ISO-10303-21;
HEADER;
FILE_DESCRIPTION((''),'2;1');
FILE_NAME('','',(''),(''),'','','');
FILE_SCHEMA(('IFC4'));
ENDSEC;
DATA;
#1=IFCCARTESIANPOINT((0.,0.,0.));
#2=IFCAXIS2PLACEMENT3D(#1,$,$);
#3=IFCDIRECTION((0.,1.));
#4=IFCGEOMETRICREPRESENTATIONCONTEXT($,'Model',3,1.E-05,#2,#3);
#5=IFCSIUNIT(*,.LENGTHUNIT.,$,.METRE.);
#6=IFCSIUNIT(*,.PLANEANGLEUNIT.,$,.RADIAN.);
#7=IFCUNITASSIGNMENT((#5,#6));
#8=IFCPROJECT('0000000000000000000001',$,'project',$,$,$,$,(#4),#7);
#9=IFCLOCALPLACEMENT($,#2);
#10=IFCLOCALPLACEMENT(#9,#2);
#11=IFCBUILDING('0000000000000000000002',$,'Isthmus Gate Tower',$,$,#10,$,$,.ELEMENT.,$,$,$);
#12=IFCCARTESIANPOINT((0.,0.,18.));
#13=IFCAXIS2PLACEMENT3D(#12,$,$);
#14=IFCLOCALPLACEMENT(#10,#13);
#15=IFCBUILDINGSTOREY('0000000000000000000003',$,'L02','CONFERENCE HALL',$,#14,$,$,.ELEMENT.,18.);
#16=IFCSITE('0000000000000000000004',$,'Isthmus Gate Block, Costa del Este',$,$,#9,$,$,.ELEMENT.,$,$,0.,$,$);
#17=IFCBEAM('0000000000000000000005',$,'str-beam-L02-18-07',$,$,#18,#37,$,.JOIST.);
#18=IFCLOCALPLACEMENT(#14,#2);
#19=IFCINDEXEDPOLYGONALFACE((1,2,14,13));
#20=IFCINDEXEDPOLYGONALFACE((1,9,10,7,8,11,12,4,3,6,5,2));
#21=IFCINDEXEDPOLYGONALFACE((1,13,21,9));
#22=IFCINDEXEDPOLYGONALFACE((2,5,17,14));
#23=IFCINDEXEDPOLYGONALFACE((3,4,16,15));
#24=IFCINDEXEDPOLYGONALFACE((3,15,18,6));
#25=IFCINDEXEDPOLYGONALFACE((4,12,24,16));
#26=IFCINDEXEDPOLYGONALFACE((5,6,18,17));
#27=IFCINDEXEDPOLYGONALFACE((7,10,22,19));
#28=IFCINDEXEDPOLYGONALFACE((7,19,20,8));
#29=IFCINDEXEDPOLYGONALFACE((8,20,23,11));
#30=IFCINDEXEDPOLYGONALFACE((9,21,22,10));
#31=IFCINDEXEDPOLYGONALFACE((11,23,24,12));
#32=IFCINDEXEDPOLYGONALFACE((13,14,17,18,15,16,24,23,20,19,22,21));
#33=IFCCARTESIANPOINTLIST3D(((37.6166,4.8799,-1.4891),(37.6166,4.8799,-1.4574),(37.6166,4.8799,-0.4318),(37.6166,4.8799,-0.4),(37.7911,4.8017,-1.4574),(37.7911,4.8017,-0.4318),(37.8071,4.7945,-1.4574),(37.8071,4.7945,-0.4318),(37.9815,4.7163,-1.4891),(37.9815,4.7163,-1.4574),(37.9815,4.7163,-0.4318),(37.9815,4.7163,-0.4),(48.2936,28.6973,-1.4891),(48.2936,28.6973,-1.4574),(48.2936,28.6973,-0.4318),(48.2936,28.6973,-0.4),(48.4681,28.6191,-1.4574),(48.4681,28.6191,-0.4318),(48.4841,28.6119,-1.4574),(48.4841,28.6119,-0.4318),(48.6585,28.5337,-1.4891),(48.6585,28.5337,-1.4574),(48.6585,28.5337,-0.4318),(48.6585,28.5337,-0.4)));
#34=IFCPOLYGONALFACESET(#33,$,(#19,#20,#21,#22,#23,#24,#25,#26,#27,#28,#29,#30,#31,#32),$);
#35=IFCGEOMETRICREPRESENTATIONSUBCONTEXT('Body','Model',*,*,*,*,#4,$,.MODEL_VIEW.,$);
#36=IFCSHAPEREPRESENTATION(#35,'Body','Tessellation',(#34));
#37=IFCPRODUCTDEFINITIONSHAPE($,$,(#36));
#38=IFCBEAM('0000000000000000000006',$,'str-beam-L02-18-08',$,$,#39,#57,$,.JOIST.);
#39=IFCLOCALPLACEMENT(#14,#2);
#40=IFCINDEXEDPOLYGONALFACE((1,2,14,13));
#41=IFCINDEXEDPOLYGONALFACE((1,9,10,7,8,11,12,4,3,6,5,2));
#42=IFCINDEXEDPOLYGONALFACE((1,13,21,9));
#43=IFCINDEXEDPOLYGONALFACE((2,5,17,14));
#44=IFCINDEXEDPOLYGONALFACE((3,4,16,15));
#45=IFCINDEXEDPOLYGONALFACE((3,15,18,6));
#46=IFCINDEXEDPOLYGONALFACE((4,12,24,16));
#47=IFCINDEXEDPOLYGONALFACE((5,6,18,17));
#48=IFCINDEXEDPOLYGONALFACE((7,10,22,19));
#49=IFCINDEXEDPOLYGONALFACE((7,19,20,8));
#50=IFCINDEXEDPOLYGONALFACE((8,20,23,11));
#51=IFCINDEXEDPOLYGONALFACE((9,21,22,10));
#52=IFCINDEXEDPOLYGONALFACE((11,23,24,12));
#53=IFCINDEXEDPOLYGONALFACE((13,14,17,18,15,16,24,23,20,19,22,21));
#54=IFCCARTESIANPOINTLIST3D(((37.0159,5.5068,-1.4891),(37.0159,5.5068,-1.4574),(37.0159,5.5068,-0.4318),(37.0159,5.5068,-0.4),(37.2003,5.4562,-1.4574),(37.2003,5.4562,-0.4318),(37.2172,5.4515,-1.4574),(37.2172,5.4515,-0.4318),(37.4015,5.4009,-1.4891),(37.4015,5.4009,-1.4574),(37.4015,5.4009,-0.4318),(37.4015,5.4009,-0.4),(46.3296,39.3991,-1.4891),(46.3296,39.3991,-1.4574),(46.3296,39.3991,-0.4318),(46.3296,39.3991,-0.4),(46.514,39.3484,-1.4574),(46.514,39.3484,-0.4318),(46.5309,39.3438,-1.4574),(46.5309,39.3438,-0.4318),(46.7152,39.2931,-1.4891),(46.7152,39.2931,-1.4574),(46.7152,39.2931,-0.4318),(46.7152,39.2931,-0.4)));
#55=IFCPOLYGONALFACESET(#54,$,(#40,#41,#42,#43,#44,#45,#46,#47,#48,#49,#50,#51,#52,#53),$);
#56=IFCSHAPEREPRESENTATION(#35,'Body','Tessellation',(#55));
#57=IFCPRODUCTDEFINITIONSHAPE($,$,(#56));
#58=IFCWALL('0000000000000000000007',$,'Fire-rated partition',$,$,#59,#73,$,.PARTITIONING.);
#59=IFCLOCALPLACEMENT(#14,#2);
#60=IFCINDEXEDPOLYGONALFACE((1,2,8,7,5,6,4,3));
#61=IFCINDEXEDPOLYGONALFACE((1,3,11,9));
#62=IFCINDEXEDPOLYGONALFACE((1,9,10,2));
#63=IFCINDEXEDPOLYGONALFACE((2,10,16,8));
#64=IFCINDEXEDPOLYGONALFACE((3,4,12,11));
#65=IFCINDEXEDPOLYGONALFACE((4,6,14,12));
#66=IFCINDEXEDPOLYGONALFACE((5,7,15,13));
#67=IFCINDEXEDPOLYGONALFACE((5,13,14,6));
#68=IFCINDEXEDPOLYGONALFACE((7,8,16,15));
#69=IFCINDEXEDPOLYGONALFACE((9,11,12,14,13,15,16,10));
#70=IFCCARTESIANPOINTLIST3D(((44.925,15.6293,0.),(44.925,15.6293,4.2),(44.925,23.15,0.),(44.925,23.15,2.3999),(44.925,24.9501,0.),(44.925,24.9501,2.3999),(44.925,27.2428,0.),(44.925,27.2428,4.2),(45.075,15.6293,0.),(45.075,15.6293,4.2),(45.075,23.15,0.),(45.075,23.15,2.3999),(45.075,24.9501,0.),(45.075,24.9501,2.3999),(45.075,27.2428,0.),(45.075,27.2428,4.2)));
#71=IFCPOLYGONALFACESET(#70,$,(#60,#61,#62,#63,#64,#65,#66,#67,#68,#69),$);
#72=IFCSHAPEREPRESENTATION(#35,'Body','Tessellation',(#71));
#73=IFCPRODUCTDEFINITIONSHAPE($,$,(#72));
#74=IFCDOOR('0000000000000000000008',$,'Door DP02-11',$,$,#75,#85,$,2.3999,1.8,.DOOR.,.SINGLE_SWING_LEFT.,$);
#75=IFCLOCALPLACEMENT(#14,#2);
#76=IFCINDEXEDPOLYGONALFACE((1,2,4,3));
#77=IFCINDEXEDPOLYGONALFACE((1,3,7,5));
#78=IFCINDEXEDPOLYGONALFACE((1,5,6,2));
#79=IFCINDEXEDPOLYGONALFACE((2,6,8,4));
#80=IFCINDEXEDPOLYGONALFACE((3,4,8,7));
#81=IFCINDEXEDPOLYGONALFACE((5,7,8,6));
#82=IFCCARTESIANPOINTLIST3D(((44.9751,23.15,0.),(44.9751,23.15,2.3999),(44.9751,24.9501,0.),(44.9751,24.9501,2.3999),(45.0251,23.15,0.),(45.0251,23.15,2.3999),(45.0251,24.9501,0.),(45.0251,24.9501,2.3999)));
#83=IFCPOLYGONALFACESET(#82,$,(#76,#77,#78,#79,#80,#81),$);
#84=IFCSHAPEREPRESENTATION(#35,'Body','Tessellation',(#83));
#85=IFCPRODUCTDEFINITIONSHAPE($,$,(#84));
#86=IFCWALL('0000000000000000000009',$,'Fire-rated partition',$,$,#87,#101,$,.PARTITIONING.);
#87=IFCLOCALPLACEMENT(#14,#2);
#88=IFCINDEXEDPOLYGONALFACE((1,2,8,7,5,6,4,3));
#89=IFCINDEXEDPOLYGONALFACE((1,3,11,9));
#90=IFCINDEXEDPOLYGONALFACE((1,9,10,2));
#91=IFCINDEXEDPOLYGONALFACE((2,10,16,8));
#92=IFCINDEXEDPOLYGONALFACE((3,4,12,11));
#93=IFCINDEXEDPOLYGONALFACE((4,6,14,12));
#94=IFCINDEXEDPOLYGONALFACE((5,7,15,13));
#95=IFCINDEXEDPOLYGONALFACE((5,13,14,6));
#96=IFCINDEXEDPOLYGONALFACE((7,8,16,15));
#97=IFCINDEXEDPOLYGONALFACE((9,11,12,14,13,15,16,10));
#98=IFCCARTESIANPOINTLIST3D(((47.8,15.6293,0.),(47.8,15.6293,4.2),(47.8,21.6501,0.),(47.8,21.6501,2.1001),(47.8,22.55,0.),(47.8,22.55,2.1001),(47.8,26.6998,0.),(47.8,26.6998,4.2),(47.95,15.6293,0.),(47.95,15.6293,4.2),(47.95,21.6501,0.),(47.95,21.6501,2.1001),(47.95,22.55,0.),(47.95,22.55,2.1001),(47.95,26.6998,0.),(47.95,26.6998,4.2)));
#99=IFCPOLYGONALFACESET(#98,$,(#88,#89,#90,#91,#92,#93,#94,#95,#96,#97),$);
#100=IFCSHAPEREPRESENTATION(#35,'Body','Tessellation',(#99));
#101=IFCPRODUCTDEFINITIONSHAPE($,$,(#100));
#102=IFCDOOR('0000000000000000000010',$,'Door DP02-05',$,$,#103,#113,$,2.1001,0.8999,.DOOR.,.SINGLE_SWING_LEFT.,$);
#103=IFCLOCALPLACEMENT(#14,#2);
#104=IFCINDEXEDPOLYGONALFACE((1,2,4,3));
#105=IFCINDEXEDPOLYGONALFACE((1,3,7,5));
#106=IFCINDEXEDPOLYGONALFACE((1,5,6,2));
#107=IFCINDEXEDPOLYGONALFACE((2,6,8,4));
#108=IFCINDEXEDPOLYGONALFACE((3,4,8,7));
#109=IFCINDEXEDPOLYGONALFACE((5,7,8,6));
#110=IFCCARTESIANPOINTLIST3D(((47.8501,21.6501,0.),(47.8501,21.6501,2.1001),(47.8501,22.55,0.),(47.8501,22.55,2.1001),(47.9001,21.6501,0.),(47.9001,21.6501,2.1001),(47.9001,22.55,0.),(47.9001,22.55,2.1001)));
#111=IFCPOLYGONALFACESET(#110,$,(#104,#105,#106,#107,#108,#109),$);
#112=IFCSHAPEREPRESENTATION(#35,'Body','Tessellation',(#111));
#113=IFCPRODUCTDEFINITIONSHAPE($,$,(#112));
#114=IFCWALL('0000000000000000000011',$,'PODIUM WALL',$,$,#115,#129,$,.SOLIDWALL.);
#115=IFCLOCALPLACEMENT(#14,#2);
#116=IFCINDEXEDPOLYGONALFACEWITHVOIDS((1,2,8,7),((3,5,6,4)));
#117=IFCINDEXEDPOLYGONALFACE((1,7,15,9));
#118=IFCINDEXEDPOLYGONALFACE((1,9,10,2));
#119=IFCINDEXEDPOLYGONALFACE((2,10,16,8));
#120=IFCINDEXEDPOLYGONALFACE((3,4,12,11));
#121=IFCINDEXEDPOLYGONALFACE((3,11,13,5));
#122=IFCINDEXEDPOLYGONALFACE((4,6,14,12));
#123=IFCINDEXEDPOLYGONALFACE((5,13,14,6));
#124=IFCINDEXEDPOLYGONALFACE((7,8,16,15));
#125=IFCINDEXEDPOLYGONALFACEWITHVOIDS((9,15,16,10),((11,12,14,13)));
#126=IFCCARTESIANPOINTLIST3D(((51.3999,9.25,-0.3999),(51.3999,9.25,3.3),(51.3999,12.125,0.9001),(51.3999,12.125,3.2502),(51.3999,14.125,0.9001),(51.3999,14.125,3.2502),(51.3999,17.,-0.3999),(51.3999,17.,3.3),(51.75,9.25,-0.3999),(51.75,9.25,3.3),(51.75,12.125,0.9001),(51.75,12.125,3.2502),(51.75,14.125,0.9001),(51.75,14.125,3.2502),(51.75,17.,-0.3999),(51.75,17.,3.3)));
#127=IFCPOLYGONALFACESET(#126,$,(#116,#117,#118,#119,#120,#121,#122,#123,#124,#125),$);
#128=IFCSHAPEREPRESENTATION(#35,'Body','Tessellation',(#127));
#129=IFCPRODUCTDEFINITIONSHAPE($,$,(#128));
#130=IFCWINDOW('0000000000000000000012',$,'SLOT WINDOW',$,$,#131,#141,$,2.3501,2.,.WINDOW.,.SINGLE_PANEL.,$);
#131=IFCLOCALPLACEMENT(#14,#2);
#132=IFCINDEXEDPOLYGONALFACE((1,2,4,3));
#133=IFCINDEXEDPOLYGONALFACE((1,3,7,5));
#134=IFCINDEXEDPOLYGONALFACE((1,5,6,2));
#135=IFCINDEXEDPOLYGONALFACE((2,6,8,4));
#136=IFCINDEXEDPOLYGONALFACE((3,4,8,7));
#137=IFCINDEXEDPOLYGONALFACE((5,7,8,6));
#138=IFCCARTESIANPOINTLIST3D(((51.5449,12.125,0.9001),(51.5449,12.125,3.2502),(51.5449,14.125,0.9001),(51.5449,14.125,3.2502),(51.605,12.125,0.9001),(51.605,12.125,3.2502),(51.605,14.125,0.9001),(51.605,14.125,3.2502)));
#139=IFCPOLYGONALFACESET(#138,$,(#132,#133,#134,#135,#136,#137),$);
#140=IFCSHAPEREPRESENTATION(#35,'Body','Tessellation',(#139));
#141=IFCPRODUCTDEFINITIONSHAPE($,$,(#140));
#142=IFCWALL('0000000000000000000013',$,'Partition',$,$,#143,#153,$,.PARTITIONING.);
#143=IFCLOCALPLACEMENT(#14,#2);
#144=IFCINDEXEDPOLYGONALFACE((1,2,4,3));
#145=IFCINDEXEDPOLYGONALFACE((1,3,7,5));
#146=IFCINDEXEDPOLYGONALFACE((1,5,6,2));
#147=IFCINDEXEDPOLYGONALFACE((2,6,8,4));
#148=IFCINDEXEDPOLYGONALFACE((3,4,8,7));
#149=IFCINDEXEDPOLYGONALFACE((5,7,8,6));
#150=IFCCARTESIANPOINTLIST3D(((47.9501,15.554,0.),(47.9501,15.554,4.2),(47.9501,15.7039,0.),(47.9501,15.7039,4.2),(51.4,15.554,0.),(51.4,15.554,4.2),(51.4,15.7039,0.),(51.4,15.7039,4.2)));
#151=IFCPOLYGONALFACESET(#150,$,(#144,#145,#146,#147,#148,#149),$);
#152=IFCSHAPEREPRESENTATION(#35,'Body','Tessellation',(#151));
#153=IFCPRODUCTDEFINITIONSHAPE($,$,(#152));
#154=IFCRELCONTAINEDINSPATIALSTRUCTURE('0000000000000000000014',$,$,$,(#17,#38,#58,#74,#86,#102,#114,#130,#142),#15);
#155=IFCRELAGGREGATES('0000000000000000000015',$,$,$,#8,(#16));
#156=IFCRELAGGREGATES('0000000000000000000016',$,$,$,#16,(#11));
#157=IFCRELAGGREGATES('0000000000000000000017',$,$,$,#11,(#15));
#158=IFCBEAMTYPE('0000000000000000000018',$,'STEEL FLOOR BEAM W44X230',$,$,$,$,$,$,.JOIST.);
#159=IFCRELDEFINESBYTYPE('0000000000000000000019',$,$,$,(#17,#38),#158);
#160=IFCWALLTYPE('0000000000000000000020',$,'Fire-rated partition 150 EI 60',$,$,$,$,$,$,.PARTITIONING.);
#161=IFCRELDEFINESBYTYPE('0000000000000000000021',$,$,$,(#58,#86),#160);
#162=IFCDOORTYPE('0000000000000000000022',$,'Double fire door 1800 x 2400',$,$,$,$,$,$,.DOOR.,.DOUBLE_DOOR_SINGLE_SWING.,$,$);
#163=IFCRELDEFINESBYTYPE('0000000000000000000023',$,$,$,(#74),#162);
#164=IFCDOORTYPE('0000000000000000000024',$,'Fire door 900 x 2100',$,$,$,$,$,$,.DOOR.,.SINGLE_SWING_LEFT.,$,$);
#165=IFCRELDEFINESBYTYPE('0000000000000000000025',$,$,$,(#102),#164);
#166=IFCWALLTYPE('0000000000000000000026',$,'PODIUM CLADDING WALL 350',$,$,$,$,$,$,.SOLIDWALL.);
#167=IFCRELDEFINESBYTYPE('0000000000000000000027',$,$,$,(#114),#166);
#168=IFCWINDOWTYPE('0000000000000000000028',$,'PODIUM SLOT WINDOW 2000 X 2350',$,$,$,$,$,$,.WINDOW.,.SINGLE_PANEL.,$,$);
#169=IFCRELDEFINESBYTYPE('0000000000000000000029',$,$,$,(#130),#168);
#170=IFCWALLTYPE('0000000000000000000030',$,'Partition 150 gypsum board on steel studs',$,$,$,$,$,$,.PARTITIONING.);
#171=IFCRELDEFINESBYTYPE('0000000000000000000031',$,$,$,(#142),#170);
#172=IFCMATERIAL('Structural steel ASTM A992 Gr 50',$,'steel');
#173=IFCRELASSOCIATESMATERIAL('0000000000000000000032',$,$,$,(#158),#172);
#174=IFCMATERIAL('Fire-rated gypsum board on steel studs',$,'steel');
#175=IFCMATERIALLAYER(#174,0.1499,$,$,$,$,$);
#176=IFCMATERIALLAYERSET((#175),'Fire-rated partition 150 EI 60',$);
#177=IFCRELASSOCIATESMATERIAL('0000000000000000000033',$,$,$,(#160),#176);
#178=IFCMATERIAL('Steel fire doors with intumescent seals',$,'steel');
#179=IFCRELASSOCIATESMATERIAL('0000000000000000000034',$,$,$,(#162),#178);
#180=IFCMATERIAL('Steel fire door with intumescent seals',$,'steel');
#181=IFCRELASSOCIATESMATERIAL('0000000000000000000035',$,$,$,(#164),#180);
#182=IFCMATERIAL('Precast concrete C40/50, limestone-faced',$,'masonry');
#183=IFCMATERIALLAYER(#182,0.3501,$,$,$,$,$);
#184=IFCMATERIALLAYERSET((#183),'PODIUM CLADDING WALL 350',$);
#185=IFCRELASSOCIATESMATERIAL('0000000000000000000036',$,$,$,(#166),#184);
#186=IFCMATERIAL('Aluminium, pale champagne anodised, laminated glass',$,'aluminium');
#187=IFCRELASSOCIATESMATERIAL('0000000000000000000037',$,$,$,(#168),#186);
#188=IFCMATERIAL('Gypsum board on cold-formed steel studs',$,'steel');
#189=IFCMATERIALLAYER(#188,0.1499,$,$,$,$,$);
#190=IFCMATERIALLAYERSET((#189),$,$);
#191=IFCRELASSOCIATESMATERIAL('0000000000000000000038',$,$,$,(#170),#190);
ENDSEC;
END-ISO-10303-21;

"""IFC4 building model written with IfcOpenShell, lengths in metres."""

from ifc_helpers import new_model, si_unit, direction, frame, frame_2d, origin, origin_2d, place, context, subcontext, project, spatial, rectangle, i_section, extrude, material, layer, layer_set, material_profile, profile_set, type_object, element, fill, save


model = new_model("IFC4")

# Units and contexts
model_context = context("Model", 3, precision=1e-05, world=origin(), true_north=direction((0.0, 1.0)))
body_context = subcontext(model_context, "Body", "Model", "MODEL_VIEW")
ifc_project = project(units=[si_unit("LENGTHUNIT", "METRE"), si_unit("PLANEANGLEUNIT", "RADIAN")], contexts=[model_context])

# Site, building, storey
site_placement = place(None, origin())
site = spatial("IfcSite", under=ifc_project, at=site_placement, Name="Isthmus Gate Block, Costa del Este", CompositionType="ELEMENT", RefElevation=0.0)
building_placement = place(site_placement, origin())
building = spatial("IfcBuilding", under=site, at=building_placement, Name="Isthmus Gate Tower", CompositionType="ELEMENT")
storey_placement = place(building_placement, frame((0.0, 0.0, 18.0)))
storey = spatial("IfcBuildingStorey", under=building, at=storey_placement, Name="L02", Description="CONFERENCE HALL", CompositionType="ELEMENT", Elevation=18.0)

# Beams
ifc_material_1 = material(Name="Structural steel ASTM A992 Gr 50", Category="steel")
ifc_material_profile_1 = material_profile(ifc_material_1, i_section(OverallWidth=0.3999, OverallDepth=1.0891, WebThickness=0.0176, FlangeThickness=0.0317, at=origin_2d()), Name="W44X230")
ifc_profile_set_1 = profile_set([ifc_material_profile_1], Name="Structural steel ASTM A992 Gr 50")
beam_type_1 = type_object("IfcBeamType", Name="STEEL FLOOR BEAM W44X230", PredefinedType="JOIST", material=ifc_profile_set_1)
beam_1_placement = place(storey_placement, frame((37.7991, 4.7981, -0.9446), z_axis=(0.409064, 0.912506, 0.0), x_axis=(-0.912506, 0.409064, 0.0)))
element("IfcBeam", 1, at=beam_1_placement, inside=storey, type_object=beam_type_1, Name="str-beam-L02-18-07", PredefinedType="JOIST", context=body_context, shape_type="SweptSolid", body=[
    extrude(i_section(OverallWidth=0.3999, OverallDepth=1.0891, WebThickness=0.0176, FlangeThickness=0.0317, at=origin_2d()), origin(), (0.0, 0.0, 1.0), 26.1011),
])
beam_2_placement = place(storey_placement, frame((37.2087, 5.4539, -0.9446), z_axis=(0.26498, 0.964254, 0.0), x_axis=(-0.964254, 0.26498, 0.0)))
element("IfcBeam", 2, at=beam_2_placement, inside=storey, type_object=beam_type_1, Name="str-beam-L02-18-08", PredefinedType="JOIST", context=body_context, shape_type="SweptSolid", body=[
    extrude(i_section(OverallWidth=0.3999, OverallDepth=1.0891, WebThickness=0.0176, FlangeThickness=0.0317, at=origin_2d()), origin(), (0.0, 0.0, 1.0), 35.1487),
])

# Walls, openings, doors
ifc_material_2 = material(Name="Fire-rated gypsum board on steel studs", Category="steel")
ifc_layer_1 = layer(ifc_material_2, 0.1499)
ifc_layer_set_1 = layer_set([ifc_layer_1], Name="Fire-rated partition 150 EI 60")
wall_type_1 = type_object("IfcWallType", Name="Fire-rated partition 150 EI 60", PredefinedType="PARTITIONING", material=ifc_layer_set_1)
wall_1_placement = place(storey_placement, frame((45.0, 15.6294, 0.0), z_axis=(0.0, 0.0, 1.0), x_axis=(0.0, 1.0, 0.0)))
wall_1 = element("IfcWall", 3, at=wall_1_placement, inside=storey, type_object=wall_type_1, Name="Fire-rated partition", PredefinedType="PARTITIONING", context=body_context, shape_type="SweptSolid", body=[
    extrude(rectangle(XDim=11.6135, YDim=0.1499, at=frame_2d((5.8066, 0.0))), origin(), (0.0, 0.0, 1.0), 4.2),
])
opening_1_placement = place(wall_1_placement, frame((7.5208, 0.0, 0.0)))
opening_1 = element("IfcOpeningElement", 4, at=opening_1_placement, cuts=wall_1, PredefinedType="OPENING", context=body_context, shape_type="SweptSolid", body=[
    extrude(rectangle(XDim=1.8, YDim=2.3999, at=frame_2d((0.8999, 1.2))), frame((0.0, 0.085, 0.0), z_axis=(0.0, -1.0, 0.0), x_axis=(1.0, 0.0, 0.0)), (0.0, 0.0, 1.0), 0.1699),
])
ifc_material_3 = material(Name="Steel fire doors with intumescent seals", Category="steel")
door_type_1 = type_object("IfcDoorType", Name="Double fire door 1800 x 2400", OperationType="DOUBLE_DOOR_SINGLE_SWING", PredefinedType="DOOR", material=ifc_material_3)
door_1_placement = place(opening_1_placement, origin())
door_1 = element("IfcDoor", 5, at=door_1_placement, inside=storey, type_object=door_type_1, Name="Door DP02-11", OperationType="SINGLE_SWING_LEFT", OverallHeight=2.3999, OverallWidth=1.8, PredefinedType="DOOR", context=body_context, shape_type="SweptSolid", body=[
    extrude(rectangle(XDim=1.8, YDim=2.3999, at=frame_2d((0.8999, 1.2))), frame((0.0, 0.0249, 0.0), z_axis=(0.0, -1.0, 0.0), x_axis=(1.0, 0.0, 0.0)), (0.0, 0.0, 1.0), 0.05),
])
fill(opening_1, door_1)
wall_2_placement = place(storey_placement, frame((47.875, 15.6294, 0.0), z_axis=(0.0, 0.0, 1.0), x_axis=(0.0, 1.0, 0.0)))
wall_2 = element("IfcWall", 6, at=wall_2_placement, inside=storey, type_object=wall_type_1, Name="Fire-rated partition", PredefinedType="PARTITIONING", context=body_context, shape_type="SweptSolid", body=[
    extrude(rectangle(XDim=11.0706, YDim=0.1499, at=frame_2d((5.5352, 0.0))), origin(), (0.0, 0.0, 1.0), 4.2),
])
opening_2_placement = place(wall_2_placement, frame((6.0208, 0.0, 0.0)))
opening_2 = element("IfcOpeningElement", 7, at=opening_2_placement, cuts=wall_2, PredefinedType="OPENING", context=body_context, shape_type="SweptSolid", body=[
    extrude(rectangle(XDim=0.8999, YDim=2.1001, at=frame_2d((0.45, 1.05))), frame((0.0, 0.085, 0.0), z_axis=(0.0, -1.0, 0.0), x_axis=(1.0, 0.0, 0.0)), (0.0, 0.0, 1.0), 0.1699),
])
ifc_material_4 = material(Name="Steel fire door with intumescent seals", Category="steel")
door_type_2 = type_object("IfcDoorType", Name="Fire door 900 x 2100", OperationType="SINGLE_SWING_LEFT", PredefinedType="DOOR", material=ifc_material_4)
door_2_placement = place(opening_2_placement, origin())
door_2 = element("IfcDoor", 8, at=door_2_placement, inside=storey, type_object=door_type_2, Name="Door DP02-05", OperationType="SINGLE_SWING_LEFT", OverallHeight=2.1001, OverallWidth=0.8999, PredefinedType="DOOR", context=body_context, shape_type="SweptSolid", body=[
    extrude(rectangle(XDim=0.8999, YDim=2.1001, at=frame_2d((0.45, 1.05))), frame((0.0, 0.0249, 0.0), z_axis=(0.0, -1.0, 0.0), x_axis=(1.0, 0.0, 0.0)), (0.0, 0.0, 1.0), 0.05),
])
fill(opening_2, door_2)

# Wall, opening, window
ifc_material_5 = material(Name="Precast concrete C40/50, limestone-faced", Category="masonry")
ifc_layer_2 = layer(ifc_material_5, 0.3501)
ifc_layer_set_2 = layer_set([ifc_layer_2], Name="PODIUM CLADDING WALL 350")
wall_type_2 = type_object("IfcWallType", Name="PODIUM CLADDING WALL 350", PredefinedType="SOLIDWALL", material=ifc_layer_set_2)
wall_3_placement = place(storey_placement, frame((51.575, 9.25, -0.3999), z_axis=(0.0, 0.0, 1.0), x_axis=(0.0, 1.0, 0.0)))
wall_3 = element("IfcWall", 9, at=wall_3_placement, inside=storey, type_object=wall_type_2, Name="PODIUM WALL", PredefinedType="SOLIDWALL", context=body_context, shape_type="SweptSolid", body=[
    extrude(rectangle(XDim=7.75, YDim=0.3501, at=frame_2d((3.875, 0.0))), origin(), (0.0, 0.0, 1.0), 3.7),
])
opening_3_placement = place(wall_3_placement, frame((2.875, 0.0, 1.3)))
opening_3 = element("IfcOpeningElement", 10, at=opening_3_placement, cuts=wall_3, PredefinedType="OPENING", context=body_context, shape_type="SweptSolid", body=[
    extrude(rectangle(XDim=2.0, YDim=2.3501, at=frame_2d((1.0, 1.175))), frame((0.0, 0.1851, 0.0), z_axis=(0.0, -1.0, 0.0), x_axis=(1.0, 0.0, 0.0)), (0.0, 0.0, 1.0), 0.3701),
])
ifc_material_6 = material(Name="Aluminium, pale champagne anodised, laminated glass", Category="aluminium")
window_type = type_object("IfcWindowType", Name="PODIUM SLOT WINDOW 2000 X 2350", PartitioningType="SINGLE_PANEL", PredefinedType="WINDOW", material=ifc_material_6)
window_placement = place(opening_3_placement, origin())
window = element("IfcWindow", 11, at=window_placement, inside=storey, type_object=window_type, Name="SLOT WINDOW", OverallHeight=2.3501, OverallWidth=2.0, PartitioningType="SINGLE_PANEL", PredefinedType="WINDOW", context=body_context, shape_type="SweptSolid", body=[
    extrude(rectangle(XDim=2.0, YDim=2.3501, at=frame_2d((1.0, 1.175))), frame((0.0, 0.03, 0.0), z_axis=(0.0, -1.0, 0.0), x_axis=(1.0, 0.0, 0.0)), (0.0, 0.0, 1.0), 0.0601),
])
fill(opening_3, window)

# Wall
ifc_material_7 = material(Name="Gypsum board on cold-formed steel studs", Category="steel")
ifc_layer_3 = layer(ifc_material_7, 0.1499)
ifc_layer_set_3 = layer_set([ifc_layer_3])
wall_type_3 = type_object("IfcWallType", Name="Partition 150 gypsum board on steel studs", PredefinedType="PARTITIONING", material=ifc_layer_set_3)
wall_4_placement = place(storey_placement, frame((47.95, 15.6289, 0.0), z_axis=(0.0, 0.0, 1.0), x_axis=(1.0, 0.0, 0.0)))
element("IfcWall", 12, at=wall_4_placement, inside=storey, type_object=wall_type_3, Name="Partition", PredefinedType="PARTITIONING", context=body_context, shape_type="SweptSolid", body=[
    extrude(rectangle(XDim=3.45, YDim=0.1499, at=frame_2d((1.7251, 0.0))), origin(), (0.0, 0.0, 1.0), 4.2),
])

save(model, "model.ifc")
